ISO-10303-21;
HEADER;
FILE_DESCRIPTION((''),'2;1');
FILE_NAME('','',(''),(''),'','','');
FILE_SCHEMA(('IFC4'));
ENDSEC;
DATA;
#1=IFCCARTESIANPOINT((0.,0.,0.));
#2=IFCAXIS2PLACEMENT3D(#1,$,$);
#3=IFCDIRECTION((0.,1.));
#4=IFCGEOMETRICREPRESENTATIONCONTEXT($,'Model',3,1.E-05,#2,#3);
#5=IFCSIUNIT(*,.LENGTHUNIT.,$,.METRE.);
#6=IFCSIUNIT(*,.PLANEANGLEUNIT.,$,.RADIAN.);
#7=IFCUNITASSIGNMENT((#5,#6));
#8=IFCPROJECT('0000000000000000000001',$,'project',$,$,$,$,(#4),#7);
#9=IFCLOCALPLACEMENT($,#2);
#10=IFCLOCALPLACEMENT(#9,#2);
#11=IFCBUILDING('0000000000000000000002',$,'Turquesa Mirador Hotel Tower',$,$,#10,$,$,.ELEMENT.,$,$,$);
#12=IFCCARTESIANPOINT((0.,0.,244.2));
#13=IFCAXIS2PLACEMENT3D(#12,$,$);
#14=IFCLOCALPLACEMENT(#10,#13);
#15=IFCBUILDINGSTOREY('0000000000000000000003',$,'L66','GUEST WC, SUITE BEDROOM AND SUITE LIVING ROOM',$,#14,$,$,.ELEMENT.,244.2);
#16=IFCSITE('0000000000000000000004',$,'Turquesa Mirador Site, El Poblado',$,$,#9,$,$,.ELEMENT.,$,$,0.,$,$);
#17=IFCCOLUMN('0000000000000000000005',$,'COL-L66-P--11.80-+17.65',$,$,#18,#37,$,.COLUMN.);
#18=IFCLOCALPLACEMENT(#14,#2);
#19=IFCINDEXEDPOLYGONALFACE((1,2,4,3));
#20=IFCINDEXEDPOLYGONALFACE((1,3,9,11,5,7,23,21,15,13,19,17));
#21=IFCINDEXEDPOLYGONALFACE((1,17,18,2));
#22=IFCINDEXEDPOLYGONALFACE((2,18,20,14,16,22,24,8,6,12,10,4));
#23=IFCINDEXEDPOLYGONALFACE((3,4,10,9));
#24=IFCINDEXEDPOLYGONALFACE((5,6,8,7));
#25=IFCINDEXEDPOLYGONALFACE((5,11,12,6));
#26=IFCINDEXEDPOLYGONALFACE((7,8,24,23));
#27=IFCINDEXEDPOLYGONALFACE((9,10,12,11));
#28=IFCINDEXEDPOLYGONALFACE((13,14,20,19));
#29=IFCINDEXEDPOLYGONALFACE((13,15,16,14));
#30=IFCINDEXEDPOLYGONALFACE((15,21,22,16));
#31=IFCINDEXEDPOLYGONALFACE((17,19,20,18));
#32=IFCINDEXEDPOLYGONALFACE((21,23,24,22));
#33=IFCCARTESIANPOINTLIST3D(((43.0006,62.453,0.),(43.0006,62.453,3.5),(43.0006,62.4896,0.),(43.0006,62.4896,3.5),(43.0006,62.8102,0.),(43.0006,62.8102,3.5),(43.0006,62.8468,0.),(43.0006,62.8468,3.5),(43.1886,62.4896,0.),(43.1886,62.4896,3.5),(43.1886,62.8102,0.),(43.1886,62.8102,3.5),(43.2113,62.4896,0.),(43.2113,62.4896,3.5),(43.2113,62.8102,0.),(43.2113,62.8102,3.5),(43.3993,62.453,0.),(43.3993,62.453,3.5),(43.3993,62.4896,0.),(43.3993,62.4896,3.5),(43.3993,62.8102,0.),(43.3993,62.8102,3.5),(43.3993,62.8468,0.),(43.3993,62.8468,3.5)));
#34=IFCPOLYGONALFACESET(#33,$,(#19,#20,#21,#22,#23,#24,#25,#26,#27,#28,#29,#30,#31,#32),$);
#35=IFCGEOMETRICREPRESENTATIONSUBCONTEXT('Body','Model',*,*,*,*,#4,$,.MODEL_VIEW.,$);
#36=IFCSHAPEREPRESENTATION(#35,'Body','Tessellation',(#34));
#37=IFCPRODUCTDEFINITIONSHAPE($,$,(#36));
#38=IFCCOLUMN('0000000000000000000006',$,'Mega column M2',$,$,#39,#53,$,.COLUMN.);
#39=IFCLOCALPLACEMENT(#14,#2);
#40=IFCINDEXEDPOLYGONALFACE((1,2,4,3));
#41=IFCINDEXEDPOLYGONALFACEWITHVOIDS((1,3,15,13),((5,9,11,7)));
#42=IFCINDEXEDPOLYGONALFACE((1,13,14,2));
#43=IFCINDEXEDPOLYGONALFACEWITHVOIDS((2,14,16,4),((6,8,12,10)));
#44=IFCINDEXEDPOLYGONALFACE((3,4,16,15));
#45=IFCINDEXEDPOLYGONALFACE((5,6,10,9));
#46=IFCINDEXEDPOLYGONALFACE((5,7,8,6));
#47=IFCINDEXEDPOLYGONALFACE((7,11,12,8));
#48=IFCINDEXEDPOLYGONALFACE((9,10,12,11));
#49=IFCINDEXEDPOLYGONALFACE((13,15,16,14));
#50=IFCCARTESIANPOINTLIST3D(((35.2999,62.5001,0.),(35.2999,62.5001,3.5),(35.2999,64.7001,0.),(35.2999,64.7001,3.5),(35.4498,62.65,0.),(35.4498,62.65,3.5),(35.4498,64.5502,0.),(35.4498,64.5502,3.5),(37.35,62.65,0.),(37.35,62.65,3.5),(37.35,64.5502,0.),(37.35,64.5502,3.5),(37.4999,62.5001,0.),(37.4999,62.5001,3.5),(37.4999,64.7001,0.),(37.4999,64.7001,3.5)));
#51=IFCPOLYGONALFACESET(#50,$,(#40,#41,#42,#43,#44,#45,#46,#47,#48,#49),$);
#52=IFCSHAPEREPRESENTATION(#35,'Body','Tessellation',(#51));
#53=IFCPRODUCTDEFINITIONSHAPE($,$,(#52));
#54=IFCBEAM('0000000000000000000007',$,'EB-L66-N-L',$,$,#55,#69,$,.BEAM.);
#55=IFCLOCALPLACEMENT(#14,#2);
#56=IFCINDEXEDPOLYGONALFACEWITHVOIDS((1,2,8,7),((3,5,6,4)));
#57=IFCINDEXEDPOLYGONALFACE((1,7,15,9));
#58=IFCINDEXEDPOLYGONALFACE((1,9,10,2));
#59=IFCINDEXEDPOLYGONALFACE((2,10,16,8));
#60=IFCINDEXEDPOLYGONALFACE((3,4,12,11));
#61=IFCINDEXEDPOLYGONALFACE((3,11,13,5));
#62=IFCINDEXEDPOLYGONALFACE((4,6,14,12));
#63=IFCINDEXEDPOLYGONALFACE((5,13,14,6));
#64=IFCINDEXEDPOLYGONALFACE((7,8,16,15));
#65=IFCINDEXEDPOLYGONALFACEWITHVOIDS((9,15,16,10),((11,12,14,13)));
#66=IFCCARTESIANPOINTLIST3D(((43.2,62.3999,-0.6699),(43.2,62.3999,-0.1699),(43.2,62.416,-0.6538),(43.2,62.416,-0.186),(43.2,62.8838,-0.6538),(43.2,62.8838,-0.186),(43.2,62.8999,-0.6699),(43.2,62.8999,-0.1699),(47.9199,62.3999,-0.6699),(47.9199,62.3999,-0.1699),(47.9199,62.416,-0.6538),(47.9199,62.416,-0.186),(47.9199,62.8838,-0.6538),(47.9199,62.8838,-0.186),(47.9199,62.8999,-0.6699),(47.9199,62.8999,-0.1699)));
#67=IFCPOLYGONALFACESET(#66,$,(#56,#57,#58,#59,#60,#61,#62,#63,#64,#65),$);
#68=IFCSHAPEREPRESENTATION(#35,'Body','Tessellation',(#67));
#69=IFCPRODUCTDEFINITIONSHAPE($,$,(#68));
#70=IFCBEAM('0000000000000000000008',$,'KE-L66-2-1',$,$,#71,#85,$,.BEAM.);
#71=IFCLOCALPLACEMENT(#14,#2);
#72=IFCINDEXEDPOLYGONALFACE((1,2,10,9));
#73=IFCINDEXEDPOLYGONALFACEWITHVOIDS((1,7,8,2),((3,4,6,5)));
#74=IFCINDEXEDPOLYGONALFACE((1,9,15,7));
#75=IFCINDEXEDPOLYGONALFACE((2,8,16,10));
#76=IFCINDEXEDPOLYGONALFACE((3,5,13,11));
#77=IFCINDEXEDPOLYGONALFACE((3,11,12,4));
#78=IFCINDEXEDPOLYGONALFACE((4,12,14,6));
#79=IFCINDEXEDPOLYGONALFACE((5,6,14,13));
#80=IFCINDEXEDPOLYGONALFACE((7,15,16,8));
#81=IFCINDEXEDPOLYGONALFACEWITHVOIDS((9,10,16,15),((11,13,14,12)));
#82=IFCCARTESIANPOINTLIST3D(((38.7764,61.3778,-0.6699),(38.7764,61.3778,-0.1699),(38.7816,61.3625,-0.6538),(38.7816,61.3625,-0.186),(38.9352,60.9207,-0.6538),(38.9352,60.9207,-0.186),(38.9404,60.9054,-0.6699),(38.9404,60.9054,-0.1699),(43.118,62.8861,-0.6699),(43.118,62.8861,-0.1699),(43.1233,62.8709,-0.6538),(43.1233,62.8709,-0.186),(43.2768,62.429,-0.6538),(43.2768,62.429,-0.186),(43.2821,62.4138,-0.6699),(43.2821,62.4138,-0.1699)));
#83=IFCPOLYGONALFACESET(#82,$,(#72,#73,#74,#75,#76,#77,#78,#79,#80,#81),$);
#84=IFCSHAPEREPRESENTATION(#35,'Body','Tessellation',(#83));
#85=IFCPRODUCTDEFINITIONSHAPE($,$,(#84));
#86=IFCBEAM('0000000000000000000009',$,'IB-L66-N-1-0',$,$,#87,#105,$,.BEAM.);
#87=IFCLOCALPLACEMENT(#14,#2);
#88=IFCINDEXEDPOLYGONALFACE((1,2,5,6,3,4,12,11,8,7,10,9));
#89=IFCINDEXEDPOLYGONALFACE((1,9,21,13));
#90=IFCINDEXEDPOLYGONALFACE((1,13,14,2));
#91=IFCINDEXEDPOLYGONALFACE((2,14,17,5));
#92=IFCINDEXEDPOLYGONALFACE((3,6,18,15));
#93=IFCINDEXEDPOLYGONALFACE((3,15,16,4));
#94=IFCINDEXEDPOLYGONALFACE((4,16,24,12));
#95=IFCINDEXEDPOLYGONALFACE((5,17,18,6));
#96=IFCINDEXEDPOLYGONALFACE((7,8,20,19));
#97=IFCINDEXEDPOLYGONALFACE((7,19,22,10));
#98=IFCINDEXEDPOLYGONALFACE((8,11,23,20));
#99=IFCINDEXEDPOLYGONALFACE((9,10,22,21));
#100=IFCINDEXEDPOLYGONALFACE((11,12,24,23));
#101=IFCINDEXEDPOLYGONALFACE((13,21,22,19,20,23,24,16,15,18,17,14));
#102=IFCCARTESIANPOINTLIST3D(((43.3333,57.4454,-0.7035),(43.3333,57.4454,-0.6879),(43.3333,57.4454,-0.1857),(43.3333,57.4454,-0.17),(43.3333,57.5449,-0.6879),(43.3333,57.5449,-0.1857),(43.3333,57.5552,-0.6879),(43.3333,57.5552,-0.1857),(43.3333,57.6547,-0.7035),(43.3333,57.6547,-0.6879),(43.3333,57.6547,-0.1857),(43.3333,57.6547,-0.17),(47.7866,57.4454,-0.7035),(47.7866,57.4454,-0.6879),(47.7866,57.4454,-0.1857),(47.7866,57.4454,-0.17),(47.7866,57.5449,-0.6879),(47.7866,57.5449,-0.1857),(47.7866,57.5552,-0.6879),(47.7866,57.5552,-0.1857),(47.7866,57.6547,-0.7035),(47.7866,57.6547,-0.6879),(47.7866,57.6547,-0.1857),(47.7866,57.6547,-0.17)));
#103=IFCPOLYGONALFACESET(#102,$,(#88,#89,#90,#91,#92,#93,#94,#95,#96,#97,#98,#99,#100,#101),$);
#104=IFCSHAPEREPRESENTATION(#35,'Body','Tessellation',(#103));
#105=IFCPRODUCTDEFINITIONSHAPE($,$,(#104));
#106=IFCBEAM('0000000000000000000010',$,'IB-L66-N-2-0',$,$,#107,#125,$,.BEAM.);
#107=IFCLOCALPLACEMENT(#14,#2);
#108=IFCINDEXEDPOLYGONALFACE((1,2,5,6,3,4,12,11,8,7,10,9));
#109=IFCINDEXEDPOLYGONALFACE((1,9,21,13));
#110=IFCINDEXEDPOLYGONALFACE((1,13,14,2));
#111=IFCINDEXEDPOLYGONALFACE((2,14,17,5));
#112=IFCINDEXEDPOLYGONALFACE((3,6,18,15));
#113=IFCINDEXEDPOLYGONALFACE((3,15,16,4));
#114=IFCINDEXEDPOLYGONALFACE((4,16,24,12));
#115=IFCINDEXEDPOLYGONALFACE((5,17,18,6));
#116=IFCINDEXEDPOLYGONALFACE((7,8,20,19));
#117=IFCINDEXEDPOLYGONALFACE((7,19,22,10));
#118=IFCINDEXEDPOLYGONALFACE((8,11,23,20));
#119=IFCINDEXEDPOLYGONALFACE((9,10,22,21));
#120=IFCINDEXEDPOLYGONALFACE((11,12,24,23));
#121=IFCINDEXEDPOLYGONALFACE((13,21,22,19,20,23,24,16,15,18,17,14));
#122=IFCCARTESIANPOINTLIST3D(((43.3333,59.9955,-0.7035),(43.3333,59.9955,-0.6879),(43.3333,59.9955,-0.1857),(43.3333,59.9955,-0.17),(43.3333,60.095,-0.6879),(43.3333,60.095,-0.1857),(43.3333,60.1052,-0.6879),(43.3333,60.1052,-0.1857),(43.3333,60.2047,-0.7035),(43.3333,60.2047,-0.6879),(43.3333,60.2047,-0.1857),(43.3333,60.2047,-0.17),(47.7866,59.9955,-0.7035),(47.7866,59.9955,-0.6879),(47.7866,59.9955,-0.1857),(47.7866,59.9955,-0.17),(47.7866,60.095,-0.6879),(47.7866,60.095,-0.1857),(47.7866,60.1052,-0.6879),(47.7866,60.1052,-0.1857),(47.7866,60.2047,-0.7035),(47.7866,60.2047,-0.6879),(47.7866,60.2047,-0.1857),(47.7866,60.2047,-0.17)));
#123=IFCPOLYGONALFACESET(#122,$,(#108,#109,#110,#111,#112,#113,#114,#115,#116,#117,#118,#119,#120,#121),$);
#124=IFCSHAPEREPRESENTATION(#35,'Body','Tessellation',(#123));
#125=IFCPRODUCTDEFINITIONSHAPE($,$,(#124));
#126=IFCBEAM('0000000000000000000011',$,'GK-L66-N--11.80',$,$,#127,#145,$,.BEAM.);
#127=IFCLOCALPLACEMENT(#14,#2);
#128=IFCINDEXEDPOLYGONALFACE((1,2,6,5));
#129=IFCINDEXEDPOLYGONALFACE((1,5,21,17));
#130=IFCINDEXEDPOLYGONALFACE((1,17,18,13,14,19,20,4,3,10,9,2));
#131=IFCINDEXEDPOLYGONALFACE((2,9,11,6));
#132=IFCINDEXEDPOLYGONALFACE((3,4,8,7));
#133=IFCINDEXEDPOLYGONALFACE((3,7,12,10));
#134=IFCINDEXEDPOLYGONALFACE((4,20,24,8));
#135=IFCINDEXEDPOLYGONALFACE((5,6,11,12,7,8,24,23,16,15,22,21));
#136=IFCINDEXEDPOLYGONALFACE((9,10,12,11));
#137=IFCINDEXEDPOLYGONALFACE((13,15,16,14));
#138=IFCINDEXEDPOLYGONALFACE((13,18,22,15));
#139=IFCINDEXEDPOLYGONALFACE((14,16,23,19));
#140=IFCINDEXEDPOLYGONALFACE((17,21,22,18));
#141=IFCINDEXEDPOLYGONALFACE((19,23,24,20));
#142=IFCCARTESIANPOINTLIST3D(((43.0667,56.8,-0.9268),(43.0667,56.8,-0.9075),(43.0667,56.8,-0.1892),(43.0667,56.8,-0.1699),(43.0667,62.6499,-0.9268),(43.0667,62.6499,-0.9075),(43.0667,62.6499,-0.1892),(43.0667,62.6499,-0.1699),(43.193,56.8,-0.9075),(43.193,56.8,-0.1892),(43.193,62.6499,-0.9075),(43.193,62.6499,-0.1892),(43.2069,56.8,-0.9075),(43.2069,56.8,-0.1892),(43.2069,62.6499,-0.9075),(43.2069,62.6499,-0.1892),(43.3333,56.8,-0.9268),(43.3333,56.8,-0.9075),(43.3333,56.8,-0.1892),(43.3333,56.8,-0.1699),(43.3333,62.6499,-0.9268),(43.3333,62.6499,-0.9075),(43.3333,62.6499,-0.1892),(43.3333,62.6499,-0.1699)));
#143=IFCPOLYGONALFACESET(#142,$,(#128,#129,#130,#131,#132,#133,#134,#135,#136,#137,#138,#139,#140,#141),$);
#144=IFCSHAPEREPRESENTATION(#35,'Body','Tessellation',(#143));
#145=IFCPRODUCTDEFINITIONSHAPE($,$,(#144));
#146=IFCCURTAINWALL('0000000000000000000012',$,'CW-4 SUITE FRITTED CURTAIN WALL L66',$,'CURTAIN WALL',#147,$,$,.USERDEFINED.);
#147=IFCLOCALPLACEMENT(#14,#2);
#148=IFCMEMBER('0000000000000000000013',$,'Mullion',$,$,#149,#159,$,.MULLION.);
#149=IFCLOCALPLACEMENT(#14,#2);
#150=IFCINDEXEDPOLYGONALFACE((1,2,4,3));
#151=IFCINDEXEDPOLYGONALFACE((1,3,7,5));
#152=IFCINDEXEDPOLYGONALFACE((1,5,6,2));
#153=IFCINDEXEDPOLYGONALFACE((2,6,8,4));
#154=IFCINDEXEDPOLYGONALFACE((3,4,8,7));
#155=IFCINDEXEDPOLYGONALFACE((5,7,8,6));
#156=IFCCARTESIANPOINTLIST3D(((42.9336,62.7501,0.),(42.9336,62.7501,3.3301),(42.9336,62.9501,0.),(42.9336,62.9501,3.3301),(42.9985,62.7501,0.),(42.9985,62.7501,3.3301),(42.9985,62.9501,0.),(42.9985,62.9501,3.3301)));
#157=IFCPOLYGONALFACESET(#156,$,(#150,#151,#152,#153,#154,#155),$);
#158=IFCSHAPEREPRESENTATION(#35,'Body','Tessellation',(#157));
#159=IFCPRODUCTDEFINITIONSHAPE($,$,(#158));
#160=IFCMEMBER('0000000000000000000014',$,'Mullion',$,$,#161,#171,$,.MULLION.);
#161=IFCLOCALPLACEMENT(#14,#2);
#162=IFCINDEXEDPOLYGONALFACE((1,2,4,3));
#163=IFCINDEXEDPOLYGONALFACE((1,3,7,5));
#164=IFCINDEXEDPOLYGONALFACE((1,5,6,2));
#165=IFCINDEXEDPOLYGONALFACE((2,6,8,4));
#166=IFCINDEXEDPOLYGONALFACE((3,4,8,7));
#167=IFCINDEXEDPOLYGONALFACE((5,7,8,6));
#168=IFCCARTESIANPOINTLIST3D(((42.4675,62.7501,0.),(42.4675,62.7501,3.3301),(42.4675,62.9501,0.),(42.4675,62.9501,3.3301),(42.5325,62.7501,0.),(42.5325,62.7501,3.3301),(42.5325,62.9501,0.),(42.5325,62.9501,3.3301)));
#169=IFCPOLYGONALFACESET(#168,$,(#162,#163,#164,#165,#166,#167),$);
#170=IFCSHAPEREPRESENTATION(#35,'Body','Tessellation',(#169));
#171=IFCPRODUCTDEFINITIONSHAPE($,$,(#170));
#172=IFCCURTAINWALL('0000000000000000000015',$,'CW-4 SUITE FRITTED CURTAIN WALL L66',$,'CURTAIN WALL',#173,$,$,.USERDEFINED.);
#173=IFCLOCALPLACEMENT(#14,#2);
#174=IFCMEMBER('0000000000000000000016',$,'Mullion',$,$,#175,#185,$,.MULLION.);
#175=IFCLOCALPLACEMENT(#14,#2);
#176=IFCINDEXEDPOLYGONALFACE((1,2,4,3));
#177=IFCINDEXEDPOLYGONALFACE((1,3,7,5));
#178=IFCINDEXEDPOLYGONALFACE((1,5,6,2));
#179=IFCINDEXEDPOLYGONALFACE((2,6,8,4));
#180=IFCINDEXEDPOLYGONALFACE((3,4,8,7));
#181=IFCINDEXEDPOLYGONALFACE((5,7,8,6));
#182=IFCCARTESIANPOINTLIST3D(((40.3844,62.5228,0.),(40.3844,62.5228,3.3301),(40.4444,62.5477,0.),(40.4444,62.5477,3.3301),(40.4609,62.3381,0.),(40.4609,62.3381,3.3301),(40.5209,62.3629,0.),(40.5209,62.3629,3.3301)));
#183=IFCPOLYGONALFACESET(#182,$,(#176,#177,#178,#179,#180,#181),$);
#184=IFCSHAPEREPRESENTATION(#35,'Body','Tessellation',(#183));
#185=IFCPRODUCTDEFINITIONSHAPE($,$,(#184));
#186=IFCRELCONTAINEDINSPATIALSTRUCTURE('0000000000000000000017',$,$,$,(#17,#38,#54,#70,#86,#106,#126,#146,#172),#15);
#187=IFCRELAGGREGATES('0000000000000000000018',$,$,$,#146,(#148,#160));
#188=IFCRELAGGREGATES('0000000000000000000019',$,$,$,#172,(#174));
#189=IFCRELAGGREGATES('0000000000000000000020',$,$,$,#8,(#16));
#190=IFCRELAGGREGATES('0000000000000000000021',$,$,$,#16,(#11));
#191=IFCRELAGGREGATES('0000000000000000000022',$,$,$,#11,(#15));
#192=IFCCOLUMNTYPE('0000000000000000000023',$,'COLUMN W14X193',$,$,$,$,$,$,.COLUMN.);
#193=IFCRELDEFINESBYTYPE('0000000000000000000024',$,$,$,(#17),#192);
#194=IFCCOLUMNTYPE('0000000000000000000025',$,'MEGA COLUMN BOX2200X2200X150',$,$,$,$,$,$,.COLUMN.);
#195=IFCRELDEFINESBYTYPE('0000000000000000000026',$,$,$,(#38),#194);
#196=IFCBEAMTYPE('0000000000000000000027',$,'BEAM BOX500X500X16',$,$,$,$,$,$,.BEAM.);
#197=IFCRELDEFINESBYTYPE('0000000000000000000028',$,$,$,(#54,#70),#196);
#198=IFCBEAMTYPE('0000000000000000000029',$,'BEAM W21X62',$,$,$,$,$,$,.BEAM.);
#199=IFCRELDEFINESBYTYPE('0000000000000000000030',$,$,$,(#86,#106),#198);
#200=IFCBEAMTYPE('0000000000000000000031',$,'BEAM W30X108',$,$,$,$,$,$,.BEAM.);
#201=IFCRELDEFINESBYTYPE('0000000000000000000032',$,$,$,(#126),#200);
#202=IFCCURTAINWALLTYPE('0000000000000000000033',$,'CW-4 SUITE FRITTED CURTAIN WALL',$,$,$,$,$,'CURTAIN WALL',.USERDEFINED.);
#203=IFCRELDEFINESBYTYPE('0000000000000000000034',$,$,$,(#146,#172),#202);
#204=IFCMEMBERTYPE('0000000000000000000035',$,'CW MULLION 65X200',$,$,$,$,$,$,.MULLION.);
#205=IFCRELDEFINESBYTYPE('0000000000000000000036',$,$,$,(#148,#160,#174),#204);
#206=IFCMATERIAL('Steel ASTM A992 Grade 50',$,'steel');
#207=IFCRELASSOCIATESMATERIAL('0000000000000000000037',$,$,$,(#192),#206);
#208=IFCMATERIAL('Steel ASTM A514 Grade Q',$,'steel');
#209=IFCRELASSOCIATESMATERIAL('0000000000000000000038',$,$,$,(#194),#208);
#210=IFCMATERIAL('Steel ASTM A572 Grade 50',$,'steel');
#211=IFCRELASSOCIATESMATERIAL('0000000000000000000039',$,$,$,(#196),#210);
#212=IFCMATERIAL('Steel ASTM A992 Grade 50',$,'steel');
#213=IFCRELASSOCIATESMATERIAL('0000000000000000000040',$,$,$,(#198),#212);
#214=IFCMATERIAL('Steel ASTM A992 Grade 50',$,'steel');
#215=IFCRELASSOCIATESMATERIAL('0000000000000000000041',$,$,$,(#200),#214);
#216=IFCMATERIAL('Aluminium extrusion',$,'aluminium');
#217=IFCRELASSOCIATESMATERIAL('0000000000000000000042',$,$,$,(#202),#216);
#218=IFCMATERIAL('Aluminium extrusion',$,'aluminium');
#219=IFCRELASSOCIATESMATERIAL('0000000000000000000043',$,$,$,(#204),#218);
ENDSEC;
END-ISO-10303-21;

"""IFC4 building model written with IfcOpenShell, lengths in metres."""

from ifc_helpers import new_model, si_unit, direction, frame, origin, origin_2d, place, context, subcontext, project, spatial, rectangle, hollow_rectangle, i_section, extrude, material, material_profile, profile_set, type_object, element, aggregate, save


model = new_model("IFC4")

# Units and contexts
model_context = context("Model", 3, precision=1e-05, world=origin(), true_north=direction((0.0, 1.0)))
body_context = subcontext(model_context, "Body", "Model", "MODEL_VIEW")
ifc_project = project(units=[si_unit("LENGTHUNIT", "METRE"), si_unit("PLANEANGLEUNIT", "RADIAN")], contexts=[model_context])

# Site, building, storey
site_placement = place(None, origin())
site = spatial("IfcSite", under=ifc_project, at=site_placement, Name="Turquesa Mirador Site, El Poblado", CompositionType="ELEMENT", RefElevation=0.0)
building_placement = place(site_placement, origin())
building = spatial("IfcBuilding", under=site, at=building_placement, Name="Turquesa Mirador Hotel Tower", CompositionType="ELEMENT")
storey_placement = place(building_placement, frame((0.0, 0.0, 244.2)))
storey = spatial("IfcBuildingStorey", under=building, at=storey_placement, Name="L66", Description="GUEST WC, SUITE BEDROOM AND SUITE LIVING ROOM", CompositionType="ELEMENT", Elevation=244.2)

# Columns
ifc_material_1 = material(Name="Steel ASTM A992 Grade 50", Category="steel")
ifc_material_profile_1 = material_profile(ifc_material_1, i_section(OverallWidth=0.3987, OverallDepth=0.3938, WebThickness=0.0227, FlangeThickness=0.0366, at=origin_2d()), Name="W14X193")
ifc_profile_set_1 = profile_set([ifc_material_profile_1], Name="Steel ASTM A992 Grade 50")
column_type_1 = type_object("IfcColumnType", Name="COLUMN W14X193", PredefinedType="COLUMN", material=ifc_profile_set_1)
column_1_placement = place(storey_placement, frame((43.2, 62.6499, 0.0), z_axis=(0.0, 0.0, 1.0), x_axis=(1.0, 0.0, 0.0)))
element("IfcColumn", 1, at=column_1_placement, inside=storey, type_object=column_type_1, Name="COL-L66-P--11.80-+17.65", PredefinedType="COLUMN", context=body_context, shape_type="SweptSolid", body=[
    extrude(i_section(OverallWidth=0.3987, OverallDepth=0.3938, WebThickness=0.0227, FlangeThickness=0.0366, at=origin_2d()), origin(), (0.0, 0.0, 1.0), 3.5),
])
ifc_material_2 = material(Name="Steel ASTM A514 Grade Q", Category="steel")
ifc_material_profile_2 = material_profile(ifc_material_2, hollow_rectangle(XDim=2.2, YDim=2.2, WallThickness=0.1499, at=origin_2d()), Name="BOX2200X2200X150")
ifc_profile_set_2 = profile_set([ifc_material_profile_2], Name="Steel ASTM A514 Grade Q")
column_type_2 = type_object("IfcColumnType", Name="MEGA COLUMN BOX2200X2200X150", PredefinedType="COLUMN", material=ifc_profile_set_2)
column_2_placement = place(storey_placement, frame((36.3999, 63.6001, 0.0), z_axis=(0.0, 0.0, 1.0), x_axis=(1.0, 0.0, 0.0)))
element("IfcColumn", 2, at=column_2_placement, inside=storey, type_object=column_type_2, Name="Mega column M2", PredefinedType="COLUMN", context=body_context, shape_type="SweptSolid", body=[
    extrude(hollow_rectangle(XDim=2.2, YDim=2.2, WallThickness=0.1499, at=origin_2d()), origin(), (0.0, 0.0, 1.0), 3.5),
])

# Beams
ifc_material_3 = material(Name="Steel ASTM A572 Grade 50", Category="steel")
ifc_material_profile_3 = material_profile(ifc_material_3, hollow_rectangle(XDim=0.5, YDim=0.5, WallThickness=0.0161, at=origin_2d()), Name="BOX500X500X16")
ifc_profile_set_3 = profile_set([ifc_material_profile_3], Name="Steel ASTM A572 Grade 50")
beam_type_1 = type_object("IfcBeamType", Name="BEAM BOX500X500X16", PredefinedType="BEAM", material=ifc_profile_set_3)
beam_1_placement = place(storey_placement, frame((43.2, 62.6499, -0.4199), z_axis=(1.0, 0.0, 0.0), x_axis=(0.0, 1.0, 0.0)))
element("IfcBeam", 3, at=beam_1_placement, inside=storey, type_object=beam_type_1, Name="EB-L66-N-L", PredefinedType="BEAM", context=body_context, shape_type="SweptSolid", body=[
    extrude(hollow_rectangle(XDim=0.5, YDim=0.5, WallThickness=0.0161, at=origin_2d()), origin(), (0.0, 0.0, 1.0), 4.72),
])
beam_2_placement = place(storey_placement, frame((38.8584, 61.1416, -0.4199), z_axis=(0.944619, 0.32817, 0.0), x_axis=(-0.32817, 0.944619, 0.0)))
element("IfcBeam", 4, at=beam_2_placement, inside=storey, type_object=beam_type_1, Name="KE-L66-2-1", PredefinedType="BEAM", context=body_context, shape_type="SweptSolid", body=[
    extrude(hollow_rectangle(XDim=0.5, YDim=0.5, WallThickness=0.0161, at=origin_2d()), origin(), (0.0, 0.0, 1.0), 4.5962),
])
ifc_material_4 = material(Name="Steel ASTM A992 Grade 50", Category="steel")
ifc_material_profile_4 = material_profile(ifc_material_4, i_section(OverallWidth=0.2092, OverallDepth=0.5334, WebThickness=0.0103, FlangeThickness=0.0156, at=origin_2d()), Name="W21X62")
ifc_profile_set_4 = profile_set([ifc_material_profile_4], Name="Steel ASTM A992 Grade 50")
beam_type_2 = type_object("IfcBeamType", Name="BEAM W21X62", PredefinedType="BEAM", material=ifc_profile_set_4)
for number, where, z_axis, x_axis, name in (
    (5, (43.3333, 57.55, -0.4368), (1.0, 0.0, 0.0), (0.0, 1.0, 0.0), "IB-L66-N-1-0"),
    (6, (43.3333, 60.1001, -0.4368), (1.0, 0.0, 0.0), (0.0, 1.0, 0.0), "IB-L66-N-2-0"),
):
    element("IfcBeam", number, at=place(storey_placement, frame(where, z_axis=z_axis, x_axis=x_axis)), inside=storey, type_object=beam_type_2, Name=name, PredefinedType="BEAM", context=body_context, shape_type="SweptSolid", body=[
        extrude(i_section(OverallWidth=0.2092, OverallDepth=0.5334, WebThickness=0.0103, FlangeThickness=0.0156, at=origin_2d()), origin(), (0.0, 0.0, 1.0), 4.4534),
    ])
ifc_material_5 = material(Name="Steel ASTM A992 Grade 50", Category="steel")
ifc_material_profile_5 = material_profile(ifc_material_5, i_section(OverallWidth=0.2666, OverallDepth=0.7568, WebThickness=0.0139, FlangeThickness=0.0193, at=origin_2d()), Name="W30X108")
ifc_profile_set_5 = profile_set([ifc_material_profile_5], Name="Steel ASTM A992 Grade 50")
beam_type_3 = type_object("IfcBeamType", Name="BEAM W30X108", PredefinedType="BEAM", material=ifc_profile_set_5)
beam_3_placement = place(storey_placement, frame((43.2, 62.6499, -0.5483), z_axis=(0.0, -1.0, 0.0), x_axis=(1.0, 0.0, 0.0)))
element("IfcBeam", 7, at=beam_3_placement, inside=storey, type_object=beam_type_3, Name="GK-L66-N--11.80", PredefinedType="BEAM", context=body_context, shape_type="SweptSolid", body=[
    extrude(i_section(OverallWidth=0.2666, OverallDepth=0.7568, WebThickness=0.0139, FlangeThickness=0.0193, at=origin_2d()), origin(), (0.0, 0.0, 1.0), 5.8499),
])

# Curtain walls, members
ifc_material_6 = material(Name="Aluminium extrusion", Category="aluminium")
curtain_wall_type = type_object("IfcCurtainWallType", Name="CW-4 SUITE FRITTED CURTAIN WALL", ElementType="CURTAIN WALL", PredefinedType="USERDEFINED", material=ifc_material_6)
curtain_wall_1_placement = place(storey_placement, origin())
curtain_wall_1 = element("IfcCurtainWall", 8, at=curtain_wall_1_placement, inside=storey, type_object=curtain_wall_type, Name="CW-4 SUITE FRITTED CURTAIN WALL L66", ObjectType="CURTAIN WALL", PredefinedType="USERDEFINED")
ifc_material_7 = material(Name="Aluminium extrusion", Category="aluminium")
ifc_material_profile_6 = material_profile(ifc_material_7, rectangle(XDim=0.0649, YDim=0.2, at=origin_2d()), Name="MULLION 65X200")
ifc_profile_set_6 = profile_set([ifc_material_profile_6], Name="Aluminium extrusion")
member_type_1 = type_object("IfcMemberType", Name="CW MULLION 65X200", PredefinedType="MULLION", material=ifc_profile_set_6)
member_1_placement = place(storey_placement, frame((42.9661, 62.8501, 0.0), z_axis=(0.0, 0.0, 1.0), x_axis=(-1.0, 0.0, 0.0)))
member_1 = element("IfcMember", 9, at=member_1_placement, type_object=member_type_1, Name="Mullion", PredefinedType="MULLION", context=body_context, shape_type="SweptSolid", body=[
    extrude(rectangle(XDim=0.0649, YDim=0.2, at=origin_2d()), origin(), (0.0, 0.0, 1.0), 3.3301),
])
member_2_placement = place(storey_placement, frame((42.5, 62.8501, 0.0), z_axis=(0.0, 0.0, 1.0), x_axis=(-1.0, 0.0, 0.0)))
member_2 = element("IfcMember", 10, at=member_2_placement, type_object=member_type_1, Name="Mullion", PredefinedType="MULLION", context=body_context, shape_type="SweptSolid", body=[
    extrude(rectangle(XDim=0.0649, YDim=0.2, at=origin_2d()), origin(), (0.0, 0.0, 1.0), 3.3301),
])
curtain_wall_2_placement = place(storey_placement, origin())
curtain_wall_2 = element("IfcCurtainWall", 11, at=curtain_wall_2_placement, inside=storey, type_object=curtain_wall_type, Name="CW-4 SUITE FRITTED CURTAIN WALL L66", ObjectType="CURTAIN WALL", PredefinedType="USERDEFINED")
member_3_placement = place(storey_placement, frame((40.4526, 62.4429, 0.0), z_axis=(0.0, 0.0, 1.0), x_axis=(-0.92388, -0.382683, 0.0)))
member_3 = element("IfcMember", 12, at=member_3_placement, type_object=member_type_1, Name="Mullion", PredefinedType="MULLION", context=body_context, shape_type="SweptSolid", body=[
    extrude(rectangle(XDim=0.0649, YDim=0.2, at=origin_2d()), origin(), (0.0, 0.0, 1.0), 3.3301),
])

aggregate(curtain_wall_1, [member_1, member_2])
aggregate(curtain_wall_2, [member_3])

save(model, "model.ifc")
